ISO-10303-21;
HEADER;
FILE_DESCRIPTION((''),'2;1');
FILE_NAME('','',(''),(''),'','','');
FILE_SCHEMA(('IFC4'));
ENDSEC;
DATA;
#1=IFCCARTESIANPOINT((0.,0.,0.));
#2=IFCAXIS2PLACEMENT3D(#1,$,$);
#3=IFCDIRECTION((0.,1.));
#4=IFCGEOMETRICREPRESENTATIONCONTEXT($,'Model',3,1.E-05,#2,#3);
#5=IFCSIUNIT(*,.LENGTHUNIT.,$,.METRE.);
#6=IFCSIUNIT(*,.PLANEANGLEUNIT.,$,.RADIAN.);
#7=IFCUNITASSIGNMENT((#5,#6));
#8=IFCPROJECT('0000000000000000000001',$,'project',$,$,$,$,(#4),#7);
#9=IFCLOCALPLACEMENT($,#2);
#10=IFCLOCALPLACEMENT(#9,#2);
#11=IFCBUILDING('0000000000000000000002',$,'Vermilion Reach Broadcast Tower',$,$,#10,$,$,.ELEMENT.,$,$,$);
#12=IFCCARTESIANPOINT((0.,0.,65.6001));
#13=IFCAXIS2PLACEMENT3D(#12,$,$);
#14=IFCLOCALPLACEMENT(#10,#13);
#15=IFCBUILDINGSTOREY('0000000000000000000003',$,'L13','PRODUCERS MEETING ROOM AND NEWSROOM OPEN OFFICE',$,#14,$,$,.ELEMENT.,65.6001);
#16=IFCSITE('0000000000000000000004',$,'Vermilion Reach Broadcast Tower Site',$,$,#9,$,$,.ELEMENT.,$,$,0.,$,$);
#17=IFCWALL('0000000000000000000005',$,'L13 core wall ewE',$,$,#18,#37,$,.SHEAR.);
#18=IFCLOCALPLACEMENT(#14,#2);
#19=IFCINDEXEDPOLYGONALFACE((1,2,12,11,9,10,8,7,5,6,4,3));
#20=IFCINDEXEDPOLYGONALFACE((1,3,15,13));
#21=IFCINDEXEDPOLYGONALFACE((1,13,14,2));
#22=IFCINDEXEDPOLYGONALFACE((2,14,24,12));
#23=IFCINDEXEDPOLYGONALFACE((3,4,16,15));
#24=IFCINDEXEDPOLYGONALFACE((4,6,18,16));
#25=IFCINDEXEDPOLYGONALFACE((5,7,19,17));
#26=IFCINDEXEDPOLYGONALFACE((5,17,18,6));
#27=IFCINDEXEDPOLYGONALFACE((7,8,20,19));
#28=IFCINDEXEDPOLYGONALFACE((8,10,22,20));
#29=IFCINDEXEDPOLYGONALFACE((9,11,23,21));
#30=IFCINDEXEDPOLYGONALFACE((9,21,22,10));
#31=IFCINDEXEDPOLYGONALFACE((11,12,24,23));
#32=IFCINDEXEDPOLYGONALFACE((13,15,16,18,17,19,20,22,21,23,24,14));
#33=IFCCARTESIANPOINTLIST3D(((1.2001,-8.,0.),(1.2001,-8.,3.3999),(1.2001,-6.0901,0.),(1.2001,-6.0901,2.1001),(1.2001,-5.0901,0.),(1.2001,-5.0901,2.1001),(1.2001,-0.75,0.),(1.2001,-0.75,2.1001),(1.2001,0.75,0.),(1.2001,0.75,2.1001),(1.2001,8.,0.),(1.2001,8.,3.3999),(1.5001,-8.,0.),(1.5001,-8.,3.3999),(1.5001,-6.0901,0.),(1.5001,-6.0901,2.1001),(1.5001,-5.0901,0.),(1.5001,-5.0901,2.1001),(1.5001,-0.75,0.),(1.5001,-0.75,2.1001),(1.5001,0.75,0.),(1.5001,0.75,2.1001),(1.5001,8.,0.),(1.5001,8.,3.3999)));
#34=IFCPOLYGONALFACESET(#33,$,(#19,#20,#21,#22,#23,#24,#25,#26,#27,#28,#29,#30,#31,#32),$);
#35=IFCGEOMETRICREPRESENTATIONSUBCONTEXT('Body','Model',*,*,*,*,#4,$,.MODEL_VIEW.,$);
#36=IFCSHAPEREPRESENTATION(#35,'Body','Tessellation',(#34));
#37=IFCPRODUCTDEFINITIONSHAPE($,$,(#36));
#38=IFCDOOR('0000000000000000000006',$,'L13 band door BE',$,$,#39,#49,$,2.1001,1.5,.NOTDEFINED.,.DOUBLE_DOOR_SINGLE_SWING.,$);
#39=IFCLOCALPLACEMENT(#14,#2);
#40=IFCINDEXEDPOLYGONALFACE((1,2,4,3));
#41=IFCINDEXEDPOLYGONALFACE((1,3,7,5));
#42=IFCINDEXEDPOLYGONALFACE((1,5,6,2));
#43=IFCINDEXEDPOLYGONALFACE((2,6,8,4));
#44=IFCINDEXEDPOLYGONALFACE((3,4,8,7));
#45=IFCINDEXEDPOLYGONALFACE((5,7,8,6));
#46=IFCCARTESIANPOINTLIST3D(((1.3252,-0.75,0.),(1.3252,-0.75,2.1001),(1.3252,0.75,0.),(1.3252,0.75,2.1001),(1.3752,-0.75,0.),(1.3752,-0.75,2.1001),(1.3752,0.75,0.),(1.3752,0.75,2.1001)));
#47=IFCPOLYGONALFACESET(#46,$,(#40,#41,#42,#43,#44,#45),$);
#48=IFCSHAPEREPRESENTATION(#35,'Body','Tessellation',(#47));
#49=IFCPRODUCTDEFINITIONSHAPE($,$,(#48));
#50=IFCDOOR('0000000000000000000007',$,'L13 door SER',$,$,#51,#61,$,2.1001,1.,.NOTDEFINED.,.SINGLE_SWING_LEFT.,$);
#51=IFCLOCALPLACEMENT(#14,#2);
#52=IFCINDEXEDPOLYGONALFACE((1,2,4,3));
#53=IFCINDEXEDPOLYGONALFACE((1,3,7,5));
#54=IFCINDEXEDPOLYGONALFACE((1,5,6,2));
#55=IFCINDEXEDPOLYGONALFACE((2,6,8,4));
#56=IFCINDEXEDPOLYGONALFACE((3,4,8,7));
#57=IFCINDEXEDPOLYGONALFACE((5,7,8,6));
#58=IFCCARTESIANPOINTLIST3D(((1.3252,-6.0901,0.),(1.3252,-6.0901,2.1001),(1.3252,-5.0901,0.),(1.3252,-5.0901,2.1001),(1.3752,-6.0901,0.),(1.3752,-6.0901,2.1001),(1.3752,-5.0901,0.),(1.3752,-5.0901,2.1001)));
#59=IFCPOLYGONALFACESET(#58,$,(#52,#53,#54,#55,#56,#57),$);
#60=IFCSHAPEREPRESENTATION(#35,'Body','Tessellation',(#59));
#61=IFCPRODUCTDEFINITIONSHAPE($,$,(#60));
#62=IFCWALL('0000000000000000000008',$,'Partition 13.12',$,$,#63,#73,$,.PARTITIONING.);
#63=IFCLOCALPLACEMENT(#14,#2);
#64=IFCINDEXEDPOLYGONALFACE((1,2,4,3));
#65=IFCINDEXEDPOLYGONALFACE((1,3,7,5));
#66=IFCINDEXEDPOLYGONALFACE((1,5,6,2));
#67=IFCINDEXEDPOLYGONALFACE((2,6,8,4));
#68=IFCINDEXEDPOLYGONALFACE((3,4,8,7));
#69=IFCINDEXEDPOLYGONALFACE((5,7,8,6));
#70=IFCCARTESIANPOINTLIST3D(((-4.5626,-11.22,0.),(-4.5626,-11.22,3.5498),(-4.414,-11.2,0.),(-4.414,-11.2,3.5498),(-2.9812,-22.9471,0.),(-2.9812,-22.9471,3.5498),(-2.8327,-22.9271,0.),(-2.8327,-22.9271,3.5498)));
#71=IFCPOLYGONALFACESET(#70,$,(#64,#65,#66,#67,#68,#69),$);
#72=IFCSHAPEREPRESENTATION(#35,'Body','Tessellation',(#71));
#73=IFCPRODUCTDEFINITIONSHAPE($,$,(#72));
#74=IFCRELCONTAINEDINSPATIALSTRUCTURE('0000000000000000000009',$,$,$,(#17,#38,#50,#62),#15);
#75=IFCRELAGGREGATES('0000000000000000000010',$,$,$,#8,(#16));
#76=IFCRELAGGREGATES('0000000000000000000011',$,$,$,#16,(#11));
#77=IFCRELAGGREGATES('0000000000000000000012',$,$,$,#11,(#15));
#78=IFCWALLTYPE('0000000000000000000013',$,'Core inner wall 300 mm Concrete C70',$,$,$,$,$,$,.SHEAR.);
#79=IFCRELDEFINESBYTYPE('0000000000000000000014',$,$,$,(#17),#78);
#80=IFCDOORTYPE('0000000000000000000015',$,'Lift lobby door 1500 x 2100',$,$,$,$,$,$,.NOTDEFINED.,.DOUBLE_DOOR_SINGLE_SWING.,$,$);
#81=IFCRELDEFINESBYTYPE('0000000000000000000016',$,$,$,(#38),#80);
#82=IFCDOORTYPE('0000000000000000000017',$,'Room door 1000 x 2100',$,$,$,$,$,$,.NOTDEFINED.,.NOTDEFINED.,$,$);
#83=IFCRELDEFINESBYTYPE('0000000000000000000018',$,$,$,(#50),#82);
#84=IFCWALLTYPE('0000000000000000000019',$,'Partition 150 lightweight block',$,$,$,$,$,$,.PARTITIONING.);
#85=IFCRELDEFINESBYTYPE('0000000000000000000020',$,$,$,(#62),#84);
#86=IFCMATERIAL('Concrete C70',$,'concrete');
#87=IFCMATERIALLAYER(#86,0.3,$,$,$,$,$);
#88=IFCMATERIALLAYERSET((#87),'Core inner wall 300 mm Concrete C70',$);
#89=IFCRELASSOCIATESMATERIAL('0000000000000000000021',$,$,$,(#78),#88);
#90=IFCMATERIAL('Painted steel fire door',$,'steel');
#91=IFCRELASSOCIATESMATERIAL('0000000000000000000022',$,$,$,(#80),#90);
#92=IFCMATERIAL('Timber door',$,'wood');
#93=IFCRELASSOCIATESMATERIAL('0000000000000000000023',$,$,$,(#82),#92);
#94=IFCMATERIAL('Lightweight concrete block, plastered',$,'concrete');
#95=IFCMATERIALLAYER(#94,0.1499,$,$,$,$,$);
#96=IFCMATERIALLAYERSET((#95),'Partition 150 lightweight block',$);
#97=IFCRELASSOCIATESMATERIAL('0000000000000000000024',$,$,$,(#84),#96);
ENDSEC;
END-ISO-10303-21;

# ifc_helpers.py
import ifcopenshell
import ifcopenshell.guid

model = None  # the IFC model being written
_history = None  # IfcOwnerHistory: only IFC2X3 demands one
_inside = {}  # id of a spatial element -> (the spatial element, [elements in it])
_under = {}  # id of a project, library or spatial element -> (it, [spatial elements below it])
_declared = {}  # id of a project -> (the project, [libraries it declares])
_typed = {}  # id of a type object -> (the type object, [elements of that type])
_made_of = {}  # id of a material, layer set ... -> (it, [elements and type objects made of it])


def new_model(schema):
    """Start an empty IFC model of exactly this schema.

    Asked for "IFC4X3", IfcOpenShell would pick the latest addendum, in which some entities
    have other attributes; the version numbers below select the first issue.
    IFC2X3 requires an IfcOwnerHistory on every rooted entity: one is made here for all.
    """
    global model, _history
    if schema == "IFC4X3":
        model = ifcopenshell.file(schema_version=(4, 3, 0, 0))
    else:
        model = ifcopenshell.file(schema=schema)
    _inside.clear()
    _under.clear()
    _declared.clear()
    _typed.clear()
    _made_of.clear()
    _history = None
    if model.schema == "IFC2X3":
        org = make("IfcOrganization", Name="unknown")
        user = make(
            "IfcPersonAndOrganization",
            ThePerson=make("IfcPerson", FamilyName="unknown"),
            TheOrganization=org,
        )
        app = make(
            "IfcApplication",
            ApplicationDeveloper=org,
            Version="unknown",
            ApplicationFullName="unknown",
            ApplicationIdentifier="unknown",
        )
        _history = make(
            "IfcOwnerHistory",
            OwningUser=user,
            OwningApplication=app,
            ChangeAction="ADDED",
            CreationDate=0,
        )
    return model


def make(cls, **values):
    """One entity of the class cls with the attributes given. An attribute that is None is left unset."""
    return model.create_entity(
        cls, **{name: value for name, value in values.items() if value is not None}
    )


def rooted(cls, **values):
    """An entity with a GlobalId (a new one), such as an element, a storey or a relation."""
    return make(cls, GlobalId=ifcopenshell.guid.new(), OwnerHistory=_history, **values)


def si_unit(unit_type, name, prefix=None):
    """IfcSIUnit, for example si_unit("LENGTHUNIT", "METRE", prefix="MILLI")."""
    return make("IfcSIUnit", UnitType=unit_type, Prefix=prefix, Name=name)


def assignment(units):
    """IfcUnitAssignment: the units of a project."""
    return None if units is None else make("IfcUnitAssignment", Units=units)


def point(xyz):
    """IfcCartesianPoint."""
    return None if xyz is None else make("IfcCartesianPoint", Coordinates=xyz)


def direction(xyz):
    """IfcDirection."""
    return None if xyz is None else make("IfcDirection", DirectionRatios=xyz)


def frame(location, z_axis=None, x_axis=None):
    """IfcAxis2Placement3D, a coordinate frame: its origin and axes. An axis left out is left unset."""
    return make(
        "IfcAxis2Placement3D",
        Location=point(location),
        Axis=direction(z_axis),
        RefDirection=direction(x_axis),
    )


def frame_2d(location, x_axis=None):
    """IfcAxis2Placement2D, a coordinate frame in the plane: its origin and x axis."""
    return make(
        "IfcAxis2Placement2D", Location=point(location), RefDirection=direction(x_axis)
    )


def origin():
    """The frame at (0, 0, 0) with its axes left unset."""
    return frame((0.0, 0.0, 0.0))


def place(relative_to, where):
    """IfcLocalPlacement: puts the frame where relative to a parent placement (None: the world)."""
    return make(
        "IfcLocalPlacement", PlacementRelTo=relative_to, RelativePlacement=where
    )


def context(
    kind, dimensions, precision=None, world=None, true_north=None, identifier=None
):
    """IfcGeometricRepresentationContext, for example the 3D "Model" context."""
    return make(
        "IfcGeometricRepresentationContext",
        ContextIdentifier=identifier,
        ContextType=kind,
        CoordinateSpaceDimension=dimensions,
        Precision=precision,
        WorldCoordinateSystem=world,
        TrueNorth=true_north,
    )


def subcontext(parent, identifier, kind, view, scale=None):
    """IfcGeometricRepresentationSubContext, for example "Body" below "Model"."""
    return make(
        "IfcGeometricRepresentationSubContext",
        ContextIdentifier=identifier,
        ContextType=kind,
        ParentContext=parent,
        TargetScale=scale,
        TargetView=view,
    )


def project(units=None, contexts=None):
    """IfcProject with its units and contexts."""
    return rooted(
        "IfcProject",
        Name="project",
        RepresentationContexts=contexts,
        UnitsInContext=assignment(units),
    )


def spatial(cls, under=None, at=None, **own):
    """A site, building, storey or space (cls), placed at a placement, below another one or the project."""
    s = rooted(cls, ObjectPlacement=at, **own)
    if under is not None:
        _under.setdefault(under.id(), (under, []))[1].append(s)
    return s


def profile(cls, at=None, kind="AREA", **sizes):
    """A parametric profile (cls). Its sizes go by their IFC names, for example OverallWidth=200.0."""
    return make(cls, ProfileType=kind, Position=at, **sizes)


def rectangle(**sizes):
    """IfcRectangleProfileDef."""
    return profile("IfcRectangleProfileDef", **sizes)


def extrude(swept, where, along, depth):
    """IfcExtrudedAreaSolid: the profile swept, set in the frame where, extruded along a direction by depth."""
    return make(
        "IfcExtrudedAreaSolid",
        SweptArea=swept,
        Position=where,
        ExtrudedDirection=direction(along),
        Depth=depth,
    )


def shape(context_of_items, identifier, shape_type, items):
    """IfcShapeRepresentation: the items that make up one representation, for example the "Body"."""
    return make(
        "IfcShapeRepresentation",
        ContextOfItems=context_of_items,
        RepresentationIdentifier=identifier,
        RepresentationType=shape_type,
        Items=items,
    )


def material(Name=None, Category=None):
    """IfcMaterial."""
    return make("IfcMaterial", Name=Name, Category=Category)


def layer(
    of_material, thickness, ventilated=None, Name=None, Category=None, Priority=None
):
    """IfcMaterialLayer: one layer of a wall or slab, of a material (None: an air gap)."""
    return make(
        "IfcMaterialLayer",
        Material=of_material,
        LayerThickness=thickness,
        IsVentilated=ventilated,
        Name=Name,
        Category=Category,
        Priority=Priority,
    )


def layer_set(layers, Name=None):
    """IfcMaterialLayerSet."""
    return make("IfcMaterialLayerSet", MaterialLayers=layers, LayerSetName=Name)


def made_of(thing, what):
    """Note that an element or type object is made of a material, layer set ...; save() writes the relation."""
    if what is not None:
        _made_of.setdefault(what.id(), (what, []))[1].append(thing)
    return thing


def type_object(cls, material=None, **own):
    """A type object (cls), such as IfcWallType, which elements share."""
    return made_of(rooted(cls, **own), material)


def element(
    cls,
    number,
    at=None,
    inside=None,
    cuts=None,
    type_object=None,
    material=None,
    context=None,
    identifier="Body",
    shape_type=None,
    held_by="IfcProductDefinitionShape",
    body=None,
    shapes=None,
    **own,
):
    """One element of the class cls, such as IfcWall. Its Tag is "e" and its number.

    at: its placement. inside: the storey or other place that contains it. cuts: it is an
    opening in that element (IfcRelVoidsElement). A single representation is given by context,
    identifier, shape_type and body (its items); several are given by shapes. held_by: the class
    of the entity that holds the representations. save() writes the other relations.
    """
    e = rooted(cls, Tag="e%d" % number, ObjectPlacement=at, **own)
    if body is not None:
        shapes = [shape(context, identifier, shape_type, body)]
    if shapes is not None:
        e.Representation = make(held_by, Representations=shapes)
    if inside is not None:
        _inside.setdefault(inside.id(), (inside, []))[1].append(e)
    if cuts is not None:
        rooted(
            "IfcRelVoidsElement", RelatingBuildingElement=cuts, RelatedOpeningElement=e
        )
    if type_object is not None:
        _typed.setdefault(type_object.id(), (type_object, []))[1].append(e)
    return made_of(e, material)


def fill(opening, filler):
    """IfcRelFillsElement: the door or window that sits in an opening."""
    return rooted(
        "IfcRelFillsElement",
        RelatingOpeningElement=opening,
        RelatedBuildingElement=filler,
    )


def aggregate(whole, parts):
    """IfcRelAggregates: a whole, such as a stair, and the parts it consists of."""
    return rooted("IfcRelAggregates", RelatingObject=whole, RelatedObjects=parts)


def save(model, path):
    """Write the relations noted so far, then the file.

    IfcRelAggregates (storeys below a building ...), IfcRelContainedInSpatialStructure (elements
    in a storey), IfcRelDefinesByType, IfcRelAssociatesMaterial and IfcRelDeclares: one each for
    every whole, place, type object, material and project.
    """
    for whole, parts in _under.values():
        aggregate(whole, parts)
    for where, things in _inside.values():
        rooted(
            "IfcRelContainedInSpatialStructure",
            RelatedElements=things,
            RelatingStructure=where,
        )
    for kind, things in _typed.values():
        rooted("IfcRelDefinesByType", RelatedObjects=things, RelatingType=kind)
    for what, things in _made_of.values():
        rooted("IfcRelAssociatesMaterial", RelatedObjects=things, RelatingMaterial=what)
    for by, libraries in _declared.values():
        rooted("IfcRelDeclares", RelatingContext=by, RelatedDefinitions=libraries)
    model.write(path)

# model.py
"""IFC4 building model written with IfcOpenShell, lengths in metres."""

from ifc_helpers import new_model, si_unit, direction, frame, frame_2d, origin, place, context, subcontext, project, spatial, rectangle, extrude, material, layer, layer_set, type_object, element, fill, save


model = new_model("IFC4")

# Units and contexts
model_context = context("Model", 3, precision=1e-05, world=origin(), true_north=direction((0.0, 1.0)))
body_context = subcontext(model_context, "Body", "Model", "MODEL_VIEW")
ifc_project = project(units=[si_unit("LENGTHUNIT", "METRE"), si_unit("PLANEANGLEUNIT", "RADIAN")], contexts=[model_context])

# Site, building, storey
site_placement = place(None, origin())
site = spatial("IfcSite", under=ifc_project, at=site_placement, Name="Vermilion Reach Broadcast Tower Site", CompositionType="ELEMENT", RefElevation=0.0)
building_placement = place(site_placement, origin())
building = spatial("IfcBuilding", under=site, at=building_placement, Name="Vermilion Reach Broadcast Tower", CompositionType="ELEMENT")
storey_placement = place(building_placement, frame((0.0, 0.0, 65.6001)))
storey = spatial("IfcBuildingStorey", under=building, at=storey_placement, Name="L13", Description="PRODUCERS MEETING ROOM AND NEWSROOM OPEN OFFICE", CompositionType="ELEMENT", Elevation=65.6001)

# Wall, openings, doors
ifc_material_1 = material(Name="Concrete C70", Category="concrete")
ifc_layer_1 = layer(ifc_material_1, 0.3)
ifc_layer_set_1 = layer_set([ifc_layer_1], Name="Core inner wall 300 mm Concrete C70")
wall_type_1 = type_object("IfcWallType", Name="Core inner wall 300 mm Concrete C70", PredefinedType="SHEAR", material=ifc_layer_set_1)
wall_1_placement = place(storey_placement, frame((1.3501, -8.0, 0.0), z_axis=(0.0, 0.0, 1.0), x_axis=(0.0, 1.0, 0.0)))
wall_1 = element("IfcWall", 1, at=wall_1_placement, inside=storey, type_object=wall_type_1, Name="L13 core wall ewE", PredefinedType="SHEAR", context=body_context, shape_type="SweptSolid", body=[
    extrude(rectangle(XDim=16.0, YDim=0.3, at=frame_2d((8.0, 0.0))), origin(), (0.0, 0.0, 1.0), 3.3999),
])
opening_1_placement = place(wall_1_placement, frame((1.9099, 0.0, 0.0)))
opening_1 = element("IfcOpeningElement", 2, at=opening_1_placement, cuts=wall_1, PredefinedType="OPENING", context=body_context, shape_type="SweptSolid", body=[
    extrude(rectangle(XDim=1.0, YDim=2.1001, at=frame_2d((0.5, 1.05))), frame((0.0, 0.1599, 0.0), z_axis=(0.0, -1.0, 0.0), x_axis=(1.0, 0.0, 0.0)), (0.0, 0.0, 1.0), 0.3201),
])
opening_2_placement = place(wall_1_placement, frame((7.25, 0.0, 0.0)))
opening_2 = element("IfcOpeningElement", 3, at=opening_2_placement, cuts=wall_1, PredefinedType="OPENING", context=body_context, shape_type="SweptSolid", body=[
    extrude(rectangle(XDim=1.5, YDim=2.1001, at=frame_2d((0.75, 1.05))), frame((0.0, 0.1599, 0.0), z_axis=(0.0, -1.0, 0.0), x_axis=(1.0, 0.0, 0.0)), (0.0, 0.0, 1.0), 0.3201),
])
ifc_material_2 = material(Name="Painted steel fire door", Category="steel")
door_type_1 = type_object("IfcDoorType", Name="Lift lobby door 1500 x 2100", OperationType="DOUBLE_DOOR_SINGLE_SWING", PredefinedType="NOTDEFINED", material=ifc_material_2)
door_1_placement = place(opening_2_placement, origin())
door_1 = element("IfcDoor", 4, at=door_1_placement, inside=storey, type_object=door_type_1, Name="L13 band door BE", OperationType="DOUBLE_DOOR_SINGLE_SWING", OverallHeight=2.1001, OverallWidth=1.5, PredefinedType="NOTDEFINED", context=body_context, shape_type="SweptSolid", body=[
    extrude(rectangle(XDim=1.5, YDim=2.1001, at=frame_2d((0.75, 1.05))), frame((0.0, 0.0249, 0.0), z_axis=(0.0, -1.0, 0.0), x_axis=(1.0, 0.0, 0.0)), (0.0, 0.0, 1.0), 0.05),
])
fill(opening_2, door_1)
ifc_material_3 = material(Name="Timber door", Category="wood")
door_type_2 = type_object("IfcDoorType", Name="Room door 1000 x 2100", OperationType="NOTDEFINED", PredefinedType="NOTDEFINED", material=ifc_material_3)
door_2_placement = place(opening_1_placement, origin())
door_2 = element("IfcDoor", 5, at=door_2_placement, inside=storey, type_object=door_type_2, Name="L13 door SER", OperationType="SINGLE_SWING_LEFT", OverallHeight=2.1001, OverallWidth=1.0, PredefinedType="NOTDEFINED", context=body_context, shape_type="SweptSolid", body=[
    extrude(rectangle(XDim=1.0, YDim=2.1001, at=frame_2d((0.5, 1.05))), frame((0.0, 0.0249, 0.0), z_axis=(0.0, -1.0, 0.0), x_axis=(1.0, 0.0, 0.0)), (0.0, 0.0, 1.0), 0.05),
])
fill(opening_1, door_2)

# Wall
ifc_material_4 = material(Name="Lightweight concrete block, plastered", Category="concrete")
ifc_layer_2 = layer(ifc_material_4, 0.1499)
ifc_layer_set_2 = layer_set([ifc_layer_2], Name="Partition 150 lightweight block")
wall_type_2 = type_object("IfcWallType", Name="Partition 150 lightweight block", PredefinedType="PARTITIONING", material=ifc_layer_set_2)
wall_2_placement = place(storey_placement, frame((-2.907, -22.937, 0.0), z_axis=(0.0, 0.0, 1.0), x_axis=(-0.133633, 0.991031, 0.0)))
element("IfcWall", 6, at=wall_2_placement, inside=storey, type_object=wall_type_2, Name="Partition 13.12", PredefinedType="PARTITIONING", context=body_context, shape_type="SweptSolid", body=[
    extrude(rectangle(XDim=11.8333, YDim=0.1499, at=frame_2d((5.9165, 0.0))), origin(), (0.0, 0.0, 1.0), 3.5498),
])

save(model, "model.ifc")
